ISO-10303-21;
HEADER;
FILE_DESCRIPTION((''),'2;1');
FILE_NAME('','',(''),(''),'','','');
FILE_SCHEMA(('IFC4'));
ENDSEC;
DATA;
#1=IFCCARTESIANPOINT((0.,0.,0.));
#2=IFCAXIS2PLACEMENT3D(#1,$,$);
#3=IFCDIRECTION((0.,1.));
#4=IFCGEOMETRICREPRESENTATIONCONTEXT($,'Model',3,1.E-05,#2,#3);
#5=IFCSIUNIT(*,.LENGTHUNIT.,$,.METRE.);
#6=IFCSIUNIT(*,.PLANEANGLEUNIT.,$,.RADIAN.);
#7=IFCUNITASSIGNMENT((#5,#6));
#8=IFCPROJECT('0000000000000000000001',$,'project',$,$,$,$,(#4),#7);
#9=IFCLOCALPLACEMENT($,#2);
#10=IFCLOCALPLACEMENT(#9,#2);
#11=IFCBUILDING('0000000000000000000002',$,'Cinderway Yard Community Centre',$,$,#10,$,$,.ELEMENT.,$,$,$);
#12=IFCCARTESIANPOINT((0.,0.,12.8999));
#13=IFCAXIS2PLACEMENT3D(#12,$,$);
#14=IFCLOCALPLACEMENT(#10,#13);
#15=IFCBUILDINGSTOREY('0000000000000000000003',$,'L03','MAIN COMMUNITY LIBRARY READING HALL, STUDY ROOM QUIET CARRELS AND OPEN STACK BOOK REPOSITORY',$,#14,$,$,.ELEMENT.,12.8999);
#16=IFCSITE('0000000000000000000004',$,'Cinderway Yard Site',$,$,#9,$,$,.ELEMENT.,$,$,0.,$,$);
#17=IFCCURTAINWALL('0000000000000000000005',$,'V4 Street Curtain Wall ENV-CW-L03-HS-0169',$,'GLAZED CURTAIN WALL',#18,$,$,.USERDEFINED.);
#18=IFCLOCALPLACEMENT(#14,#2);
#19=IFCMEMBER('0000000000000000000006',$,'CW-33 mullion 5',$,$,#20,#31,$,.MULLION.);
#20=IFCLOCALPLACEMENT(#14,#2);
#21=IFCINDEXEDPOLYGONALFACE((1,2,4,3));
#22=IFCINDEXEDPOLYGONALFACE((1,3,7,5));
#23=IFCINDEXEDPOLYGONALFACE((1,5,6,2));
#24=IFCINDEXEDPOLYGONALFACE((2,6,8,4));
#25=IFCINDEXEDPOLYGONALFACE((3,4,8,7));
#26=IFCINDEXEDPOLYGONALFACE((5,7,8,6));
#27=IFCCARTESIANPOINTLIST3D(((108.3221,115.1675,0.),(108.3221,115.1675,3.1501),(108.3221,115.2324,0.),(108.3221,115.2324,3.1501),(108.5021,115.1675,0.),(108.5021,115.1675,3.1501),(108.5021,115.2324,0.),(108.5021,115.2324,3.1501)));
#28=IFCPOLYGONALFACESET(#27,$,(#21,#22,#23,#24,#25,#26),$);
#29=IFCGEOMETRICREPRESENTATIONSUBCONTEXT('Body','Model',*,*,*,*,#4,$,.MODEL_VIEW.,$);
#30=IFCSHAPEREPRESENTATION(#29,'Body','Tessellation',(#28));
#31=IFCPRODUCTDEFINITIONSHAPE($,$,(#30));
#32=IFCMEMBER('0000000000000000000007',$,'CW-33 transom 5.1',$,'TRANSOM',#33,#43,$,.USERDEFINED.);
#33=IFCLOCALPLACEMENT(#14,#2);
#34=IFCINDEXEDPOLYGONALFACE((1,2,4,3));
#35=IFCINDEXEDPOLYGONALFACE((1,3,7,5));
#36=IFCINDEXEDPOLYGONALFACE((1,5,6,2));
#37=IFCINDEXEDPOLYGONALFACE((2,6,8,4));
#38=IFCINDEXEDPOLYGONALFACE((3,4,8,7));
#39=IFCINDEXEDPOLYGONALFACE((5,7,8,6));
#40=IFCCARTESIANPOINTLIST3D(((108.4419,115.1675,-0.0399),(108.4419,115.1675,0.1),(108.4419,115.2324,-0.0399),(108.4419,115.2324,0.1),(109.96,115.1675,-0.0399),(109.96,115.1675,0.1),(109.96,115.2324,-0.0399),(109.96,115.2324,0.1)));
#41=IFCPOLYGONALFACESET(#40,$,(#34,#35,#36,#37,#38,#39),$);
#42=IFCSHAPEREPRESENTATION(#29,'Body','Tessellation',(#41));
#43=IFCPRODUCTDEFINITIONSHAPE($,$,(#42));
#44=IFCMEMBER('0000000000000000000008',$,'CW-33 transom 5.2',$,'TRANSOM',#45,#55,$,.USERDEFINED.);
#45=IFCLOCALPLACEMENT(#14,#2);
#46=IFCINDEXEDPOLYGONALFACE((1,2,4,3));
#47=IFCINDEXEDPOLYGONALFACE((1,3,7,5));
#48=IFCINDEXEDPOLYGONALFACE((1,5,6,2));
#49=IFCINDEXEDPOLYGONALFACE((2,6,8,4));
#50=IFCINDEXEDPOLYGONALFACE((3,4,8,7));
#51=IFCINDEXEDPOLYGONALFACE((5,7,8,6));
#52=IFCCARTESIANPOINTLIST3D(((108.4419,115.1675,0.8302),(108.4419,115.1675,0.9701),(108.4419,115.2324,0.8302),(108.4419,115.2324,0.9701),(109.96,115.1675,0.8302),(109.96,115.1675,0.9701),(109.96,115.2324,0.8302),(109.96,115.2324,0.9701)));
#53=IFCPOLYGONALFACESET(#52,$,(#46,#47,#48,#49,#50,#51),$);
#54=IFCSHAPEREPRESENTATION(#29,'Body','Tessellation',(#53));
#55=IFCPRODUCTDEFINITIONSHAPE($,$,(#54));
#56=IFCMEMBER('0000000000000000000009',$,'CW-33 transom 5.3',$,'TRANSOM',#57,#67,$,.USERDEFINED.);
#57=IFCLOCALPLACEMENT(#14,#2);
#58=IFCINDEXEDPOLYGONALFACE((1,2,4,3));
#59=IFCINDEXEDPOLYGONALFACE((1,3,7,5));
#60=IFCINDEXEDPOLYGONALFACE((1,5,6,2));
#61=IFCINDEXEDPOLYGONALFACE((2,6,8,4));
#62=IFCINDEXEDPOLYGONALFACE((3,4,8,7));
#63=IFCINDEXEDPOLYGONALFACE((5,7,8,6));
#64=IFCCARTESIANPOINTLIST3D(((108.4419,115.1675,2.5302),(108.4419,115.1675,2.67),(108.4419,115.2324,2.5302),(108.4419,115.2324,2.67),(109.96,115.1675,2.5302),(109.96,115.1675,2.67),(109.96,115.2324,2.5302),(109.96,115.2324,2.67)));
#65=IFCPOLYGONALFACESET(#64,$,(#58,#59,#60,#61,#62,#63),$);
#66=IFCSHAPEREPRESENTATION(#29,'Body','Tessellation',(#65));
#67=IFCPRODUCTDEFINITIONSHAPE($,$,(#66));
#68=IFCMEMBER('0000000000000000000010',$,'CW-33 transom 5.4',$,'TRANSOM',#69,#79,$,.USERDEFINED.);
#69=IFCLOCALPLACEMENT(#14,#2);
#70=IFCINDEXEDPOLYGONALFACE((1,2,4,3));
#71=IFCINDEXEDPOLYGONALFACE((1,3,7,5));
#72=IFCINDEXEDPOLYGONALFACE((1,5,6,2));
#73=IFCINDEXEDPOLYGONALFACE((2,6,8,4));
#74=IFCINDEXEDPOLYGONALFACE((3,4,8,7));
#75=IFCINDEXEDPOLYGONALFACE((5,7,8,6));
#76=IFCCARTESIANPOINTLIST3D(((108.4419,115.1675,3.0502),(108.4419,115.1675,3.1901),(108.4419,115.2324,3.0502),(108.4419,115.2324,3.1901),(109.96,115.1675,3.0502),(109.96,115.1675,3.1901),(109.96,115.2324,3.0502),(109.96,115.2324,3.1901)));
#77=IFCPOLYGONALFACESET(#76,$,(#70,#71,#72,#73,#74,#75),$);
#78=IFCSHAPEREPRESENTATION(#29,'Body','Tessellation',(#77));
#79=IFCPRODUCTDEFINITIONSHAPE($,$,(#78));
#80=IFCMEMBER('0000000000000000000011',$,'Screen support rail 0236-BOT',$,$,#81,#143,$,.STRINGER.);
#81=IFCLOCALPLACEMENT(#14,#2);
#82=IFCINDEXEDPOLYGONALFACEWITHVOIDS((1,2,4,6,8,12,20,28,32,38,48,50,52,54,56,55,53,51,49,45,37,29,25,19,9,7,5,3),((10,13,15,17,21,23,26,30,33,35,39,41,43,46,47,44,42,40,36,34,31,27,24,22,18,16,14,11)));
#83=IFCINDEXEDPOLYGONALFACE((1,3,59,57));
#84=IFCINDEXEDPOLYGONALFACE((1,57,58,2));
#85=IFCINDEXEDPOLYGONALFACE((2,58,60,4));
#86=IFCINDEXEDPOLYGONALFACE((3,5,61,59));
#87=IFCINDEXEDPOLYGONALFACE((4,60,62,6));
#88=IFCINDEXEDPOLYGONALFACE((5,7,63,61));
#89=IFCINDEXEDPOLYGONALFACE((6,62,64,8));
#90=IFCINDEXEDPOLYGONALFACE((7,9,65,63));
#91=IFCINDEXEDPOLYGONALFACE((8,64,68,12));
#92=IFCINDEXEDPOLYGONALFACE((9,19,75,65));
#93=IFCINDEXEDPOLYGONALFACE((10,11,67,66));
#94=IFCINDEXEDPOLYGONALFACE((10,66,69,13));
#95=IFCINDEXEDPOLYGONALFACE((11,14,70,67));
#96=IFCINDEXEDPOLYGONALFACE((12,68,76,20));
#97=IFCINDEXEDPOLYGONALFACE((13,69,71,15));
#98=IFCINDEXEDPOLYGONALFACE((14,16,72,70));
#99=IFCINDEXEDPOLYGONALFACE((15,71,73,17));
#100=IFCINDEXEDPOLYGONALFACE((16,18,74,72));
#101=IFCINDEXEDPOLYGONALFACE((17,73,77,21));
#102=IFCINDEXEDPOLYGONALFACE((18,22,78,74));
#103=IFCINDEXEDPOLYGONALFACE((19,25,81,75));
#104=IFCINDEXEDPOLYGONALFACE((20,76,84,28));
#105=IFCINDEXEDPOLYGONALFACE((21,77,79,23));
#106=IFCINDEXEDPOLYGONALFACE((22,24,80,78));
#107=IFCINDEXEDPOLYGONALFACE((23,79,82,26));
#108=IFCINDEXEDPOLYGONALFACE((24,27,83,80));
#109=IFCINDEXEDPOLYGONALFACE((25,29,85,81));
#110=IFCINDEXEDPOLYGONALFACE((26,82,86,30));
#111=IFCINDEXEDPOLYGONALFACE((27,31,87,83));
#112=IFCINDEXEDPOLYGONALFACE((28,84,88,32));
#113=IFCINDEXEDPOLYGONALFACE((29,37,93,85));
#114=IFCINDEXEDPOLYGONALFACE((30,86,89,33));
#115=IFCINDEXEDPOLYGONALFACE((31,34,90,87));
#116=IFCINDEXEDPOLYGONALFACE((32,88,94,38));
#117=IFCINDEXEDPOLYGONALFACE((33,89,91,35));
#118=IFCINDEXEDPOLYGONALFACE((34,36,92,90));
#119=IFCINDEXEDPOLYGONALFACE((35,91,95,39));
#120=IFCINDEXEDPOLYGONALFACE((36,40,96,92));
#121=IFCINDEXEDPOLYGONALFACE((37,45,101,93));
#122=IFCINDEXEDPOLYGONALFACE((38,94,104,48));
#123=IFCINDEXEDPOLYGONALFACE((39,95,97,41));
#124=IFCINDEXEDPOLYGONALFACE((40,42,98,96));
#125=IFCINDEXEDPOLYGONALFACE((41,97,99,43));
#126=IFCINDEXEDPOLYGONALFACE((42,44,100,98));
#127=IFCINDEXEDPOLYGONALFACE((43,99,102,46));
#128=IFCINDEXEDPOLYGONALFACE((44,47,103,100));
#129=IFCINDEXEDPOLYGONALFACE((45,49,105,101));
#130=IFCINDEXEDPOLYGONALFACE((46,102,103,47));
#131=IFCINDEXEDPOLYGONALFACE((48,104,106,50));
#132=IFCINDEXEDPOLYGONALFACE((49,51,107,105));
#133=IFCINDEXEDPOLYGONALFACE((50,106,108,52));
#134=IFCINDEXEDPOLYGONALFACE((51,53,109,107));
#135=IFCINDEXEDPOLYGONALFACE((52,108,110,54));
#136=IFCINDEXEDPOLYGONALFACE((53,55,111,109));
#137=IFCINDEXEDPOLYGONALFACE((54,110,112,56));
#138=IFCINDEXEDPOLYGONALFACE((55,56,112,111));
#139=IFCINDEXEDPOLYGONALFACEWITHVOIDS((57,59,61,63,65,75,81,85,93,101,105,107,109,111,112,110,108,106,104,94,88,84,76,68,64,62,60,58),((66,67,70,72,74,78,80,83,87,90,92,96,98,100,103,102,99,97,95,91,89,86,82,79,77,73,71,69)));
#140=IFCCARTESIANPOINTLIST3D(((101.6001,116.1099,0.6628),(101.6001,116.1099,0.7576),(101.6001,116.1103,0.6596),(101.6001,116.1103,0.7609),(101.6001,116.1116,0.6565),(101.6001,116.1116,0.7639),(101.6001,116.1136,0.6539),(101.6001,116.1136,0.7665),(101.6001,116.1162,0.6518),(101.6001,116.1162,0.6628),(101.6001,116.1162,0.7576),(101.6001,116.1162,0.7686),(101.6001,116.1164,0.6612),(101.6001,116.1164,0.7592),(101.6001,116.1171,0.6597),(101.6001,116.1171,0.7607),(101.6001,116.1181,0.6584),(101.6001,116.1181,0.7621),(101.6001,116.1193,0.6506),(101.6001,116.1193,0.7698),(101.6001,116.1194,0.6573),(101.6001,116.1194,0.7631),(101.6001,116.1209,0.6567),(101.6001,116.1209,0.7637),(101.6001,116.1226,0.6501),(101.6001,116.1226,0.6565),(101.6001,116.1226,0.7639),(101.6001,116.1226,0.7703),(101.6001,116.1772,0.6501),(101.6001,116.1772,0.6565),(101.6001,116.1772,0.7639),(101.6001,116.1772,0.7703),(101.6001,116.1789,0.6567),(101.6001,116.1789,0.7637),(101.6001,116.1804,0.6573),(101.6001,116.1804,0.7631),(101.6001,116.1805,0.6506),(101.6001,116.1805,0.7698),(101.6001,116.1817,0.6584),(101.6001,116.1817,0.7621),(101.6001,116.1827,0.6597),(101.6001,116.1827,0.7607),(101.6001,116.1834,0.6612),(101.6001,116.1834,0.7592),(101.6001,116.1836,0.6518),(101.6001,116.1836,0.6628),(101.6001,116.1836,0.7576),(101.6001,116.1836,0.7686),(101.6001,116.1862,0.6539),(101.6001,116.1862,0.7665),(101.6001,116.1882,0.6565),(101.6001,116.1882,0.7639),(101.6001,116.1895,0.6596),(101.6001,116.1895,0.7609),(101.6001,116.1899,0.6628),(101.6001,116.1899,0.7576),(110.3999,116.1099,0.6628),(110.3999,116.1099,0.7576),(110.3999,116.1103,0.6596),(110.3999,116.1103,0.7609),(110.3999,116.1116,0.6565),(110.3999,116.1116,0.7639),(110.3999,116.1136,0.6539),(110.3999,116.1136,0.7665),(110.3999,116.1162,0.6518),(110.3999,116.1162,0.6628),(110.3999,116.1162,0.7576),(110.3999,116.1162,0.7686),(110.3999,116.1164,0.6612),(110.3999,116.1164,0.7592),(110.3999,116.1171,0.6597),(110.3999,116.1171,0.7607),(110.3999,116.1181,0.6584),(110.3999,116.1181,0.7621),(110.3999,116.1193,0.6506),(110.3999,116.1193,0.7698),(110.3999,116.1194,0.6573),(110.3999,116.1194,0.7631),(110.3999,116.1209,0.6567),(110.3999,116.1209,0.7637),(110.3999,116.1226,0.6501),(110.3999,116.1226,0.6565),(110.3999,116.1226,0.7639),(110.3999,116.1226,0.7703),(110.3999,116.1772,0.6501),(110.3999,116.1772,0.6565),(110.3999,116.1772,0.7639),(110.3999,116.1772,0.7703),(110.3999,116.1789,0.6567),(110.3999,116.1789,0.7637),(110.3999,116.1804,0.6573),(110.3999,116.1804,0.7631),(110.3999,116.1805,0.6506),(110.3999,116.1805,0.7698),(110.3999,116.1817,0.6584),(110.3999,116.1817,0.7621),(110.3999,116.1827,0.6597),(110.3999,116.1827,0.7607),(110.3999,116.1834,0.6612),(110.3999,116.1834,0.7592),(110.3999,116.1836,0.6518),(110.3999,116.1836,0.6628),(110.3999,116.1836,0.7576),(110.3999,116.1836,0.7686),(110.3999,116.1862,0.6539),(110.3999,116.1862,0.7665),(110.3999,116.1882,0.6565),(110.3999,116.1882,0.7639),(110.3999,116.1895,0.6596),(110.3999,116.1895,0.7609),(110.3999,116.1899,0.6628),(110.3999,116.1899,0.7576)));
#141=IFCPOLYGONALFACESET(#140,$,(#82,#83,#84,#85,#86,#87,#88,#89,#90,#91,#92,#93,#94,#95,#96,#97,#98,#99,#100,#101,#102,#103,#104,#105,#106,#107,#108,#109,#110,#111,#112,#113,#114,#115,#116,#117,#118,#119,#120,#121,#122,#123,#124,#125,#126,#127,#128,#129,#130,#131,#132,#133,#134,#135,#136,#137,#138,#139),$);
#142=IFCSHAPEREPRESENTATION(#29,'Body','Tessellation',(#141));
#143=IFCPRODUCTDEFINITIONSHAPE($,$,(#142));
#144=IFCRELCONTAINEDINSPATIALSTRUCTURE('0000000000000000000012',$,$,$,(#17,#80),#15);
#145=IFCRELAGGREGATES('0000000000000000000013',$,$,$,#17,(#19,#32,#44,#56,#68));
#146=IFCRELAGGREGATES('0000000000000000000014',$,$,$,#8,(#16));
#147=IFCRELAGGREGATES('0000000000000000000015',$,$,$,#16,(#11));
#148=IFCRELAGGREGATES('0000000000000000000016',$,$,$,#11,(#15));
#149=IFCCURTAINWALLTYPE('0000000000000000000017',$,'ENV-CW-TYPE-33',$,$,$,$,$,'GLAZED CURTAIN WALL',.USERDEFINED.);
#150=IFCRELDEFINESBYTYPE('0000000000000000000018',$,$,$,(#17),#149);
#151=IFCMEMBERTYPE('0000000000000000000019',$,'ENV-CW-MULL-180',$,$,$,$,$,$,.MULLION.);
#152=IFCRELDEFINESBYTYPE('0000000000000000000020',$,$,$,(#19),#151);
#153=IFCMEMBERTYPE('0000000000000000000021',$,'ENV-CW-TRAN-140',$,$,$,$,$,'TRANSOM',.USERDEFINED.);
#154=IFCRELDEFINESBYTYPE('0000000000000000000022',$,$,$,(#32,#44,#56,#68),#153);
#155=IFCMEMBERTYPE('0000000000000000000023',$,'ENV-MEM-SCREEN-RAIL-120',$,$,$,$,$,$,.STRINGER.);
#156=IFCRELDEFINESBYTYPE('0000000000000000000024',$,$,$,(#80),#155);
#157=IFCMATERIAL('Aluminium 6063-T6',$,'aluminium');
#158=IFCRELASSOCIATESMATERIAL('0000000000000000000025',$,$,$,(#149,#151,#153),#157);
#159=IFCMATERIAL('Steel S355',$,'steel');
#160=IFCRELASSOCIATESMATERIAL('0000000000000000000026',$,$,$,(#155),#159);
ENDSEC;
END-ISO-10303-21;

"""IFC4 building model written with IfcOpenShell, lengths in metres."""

from ifc_helpers import new_model, si_unit, direction, frame, origin, origin_2d, place, context, subcontext, project, spatial, rectangle, hollow_rectangle, extrude, material, material_profile, profile_set, type_object, element, aggregate, save


model = new_model("IFC4")

# Units and contexts
model_context = context("Model", 3, precision=1e-05, world=origin(), true_north=direction((0.0, 1.0)))
body_context = subcontext(model_context, "Body", "Model", "MODEL_VIEW")
ifc_project = project(units=[si_unit("LENGTHUNIT", "METRE"), si_unit("PLANEANGLEUNIT", "RADIAN")], contexts=[model_context])

# Site, building, storey
site_placement = place(None, origin())
site = spatial("IfcSite", under=ifc_project, at=site_placement, Name="Cinderway Yard Site", CompositionType="ELEMENT", RefElevation=0.0)
building_placement = place(site_placement, origin())
building = spatial("IfcBuilding", under=site, at=building_placement, Name="Cinderway Yard Community Centre", CompositionType="ELEMENT")
storey_placement = place(building_placement, frame((0.0, 0.0, 12.8999)))
storey = spatial("IfcBuildingStorey", under=building, at=storey_placement, Name="L03", Description="MAIN COMMUNITY LIBRARY READING HALL, STUDY ROOM QUIET CARRELS AND OPEN STACK BOOK REPOSITORY", CompositionType="ELEMENT", Elevation=12.8999)

# Curtain wall, members
ifc_material_1 = material(Name="Aluminium 6063-T6", Category="aluminium")
curtain_wall_type = type_object("IfcCurtainWallType", Name="ENV-CW-TYPE-33", ElementType="GLAZED CURTAIN WALL", PredefinedType="USERDEFINED", material=ifc_material_1)
curtain_wall_placement = place(storey_placement, origin())
curtain_wall = element("IfcCurtainWall", 1, at=curtain_wall_placement, inside=storey, type_object=curtain_wall_type, Name="V4 Street Curtain Wall ENV-CW-L03-HS-0169", ObjectType="GLAZED CURTAIN WALL", PredefinedType="USERDEFINED")
ifc_material_profile_1 = material_profile(ifc_material_1, rectangle(XDim=0.0649, YDim=0.1799, at=origin_2d()), Name="Aluminium 6063-T6")
ifc_profile_set_1 = profile_set([ifc_material_profile_1], Name="Aluminium 6063-T6")
member_type_1 = type_object("IfcMemberType", Name="ENV-CW-MULL-180", PredefinedType="MULLION", material=ifc_profile_set_1)
member_1_placement = place(storey_placement, frame((108.4121, 115.2, 0.0), z_axis=(0.0, 0.0, 1.0), x_axis=(0.0, 1.0, 0.0)))
member_1 = element("IfcMember", 2, at=member_1_placement, type_object=member_type_1, Name="CW-33 mullion 5", PredefinedType="MULLION", context=body_context, shape_type="SweptSolid", body=[
    extrude(rectangle(XDim=0.0649, YDim=0.1799, at=origin_2d()), origin(), (0.0, 0.0, 1.0), 3.1501),
])
ifc_material_profile_2 = material_profile(ifc_material_1, rectangle(XDim=0.0649, YDim=0.1399, at=origin_2d()), Name="Aluminium 6063-T6")
ifc_profile_set_2 = profile_set([ifc_material_profile_2], Name="Aluminium 6063-T6")
member_type_2 = type_object("IfcMemberType", Name="ENV-CW-TRAN-140", ElementType="TRANSOM", PredefinedType="USERDEFINED", material=ifc_profile_set_2)
member_2_placement = place(storey_placement, frame((108.4419, 115.2, 0.03), z_axis=(1.0, 0.0, 0.0), x_axis=(0.0, 1.0, 0.0)))
member_2 = element("IfcMember", 3, at=member_2_placement, type_object=member_type_2, Name="CW-33 transom 5.1", ObjectType="TRANSOM", PredefinedType="USERDEFINED", context=body_context, shape_type="SweptSolid", body=[
    extrude(rectangle(XDim=0.0649, YDim=0.1399, at=origin_2d()), origin(), (0.0, 0.0, 1.0), 1.5181),
])
member_3_placement = place(storey_placement, frame((108.4419, 115.2, 0.9001), z_axis=(1.0, 0.0, 0.0), x_axis=(0.0, 1.0, 0.0)))
member_3 = element("IfcMember", 4, at=member_3_placement, type_object=member_type_2, Name="CW-33 transom 5.2", ObjectType="TRANSOM", PredefinedType="USERDEFINED", context=body_context, shape_type="SweptSolid", body=[
    extrude(rectangle(XDim=0.0649, YDim=0.1399, at=origin_2d()), origin(), (0.0, 0.0, 1.0), 1.5181),
])
member_4_placement = place(storey_placement, frame((108.4419, 115.2, 2.6001), z_axis=(1.0, 0.0, 0.0), x_axis=(0.0, 1.0, 0.0)))
member_4 = element("IfcMember", 5, at=member_4_placement, type_object=member_type_2, Name="CW-33 transom 5.3", ObjectType="TRANSOM", PredefinedType="USERDEFINED", context=body_context, shape_type="SweptSolid", body=[
    extrude(rectangle(XDim=0.0649, YDim=0.1399, at=origin_2d()), origin(), (0.0, 0.0, 1.0), 1.5181),
])
member_5_placement = place(storey_placement, frame((108.4419, 115.2, 3.1201), z_axis=(1.0, 0.0, 0.0), x_axis=(0.0, 1.0, 0.0)))
member_5 = element("IfcMember", 6, at=member_5_placement, type_object=member_type_2, Name="CW-33 transom 5.4", ObjectType="TRANSOM", PredefinedType="USERDEFINED", context=body_context, shape_type="SweptSolid", body=[
    extrude(rectangle(XDim=0.0649, YDim=0.1399, at=origin_2d()), origin(), (0.0, 0.0, 1.0), 1.5181),
])
aggregate(curtain_wall, [member_1, member_2, member_3, member_4, member_5])

# Member
ifc_material_2 = material(Name="Steel S355", Category="steel")
ifc_material_profile_3 = material_profile(ifc_material_2, hollow_rectangle(XDim=0.0801, YDim=0.1201, WallThickness=0.0063, InnerFilletRadius=0.0063, OuterFilletRadius=0.0127, at=origin_2d()), Name="Steel S355")
ifc_profile_set_3 = profile_set([ifc_material_profile_3], Name="Steel S355")
member_type_3 = type_object("IfcMemberType", Name="ENV-MEM-SCREEN-RAIL-120", PredefinedType="STRINGER", material=ifc_profile_set_3)
for number, where, z_axis, x_axis, name in (
    (7, (101.6001, 116.1499, 0.7102), (1.0, 0.0, 0.0), (0.0, 1.0, 0.0), "Screen support rail 0236-BOT"),
):
    element("IfcMember", number, at=place(storey_placement, frame(where, z_axis=z_axis, x_axis=x_axis)), inside=storey, type_object=member_type_3, Name=name, PredefinedType="STRINGER", context=body_context, shape_type="SweptSolid", body=[
        extrude(hollow_rectangle(XDim=0.0801, YDim=0.1201, WallThickness=0.0063, InnerFilletRadius=0.0063, OuterFilletRadius=0.0127, at=origin_2d()), origin(), (0.0, 0.0, 1.0), 8.7998),
    ])

save(model, "model.ifc")
